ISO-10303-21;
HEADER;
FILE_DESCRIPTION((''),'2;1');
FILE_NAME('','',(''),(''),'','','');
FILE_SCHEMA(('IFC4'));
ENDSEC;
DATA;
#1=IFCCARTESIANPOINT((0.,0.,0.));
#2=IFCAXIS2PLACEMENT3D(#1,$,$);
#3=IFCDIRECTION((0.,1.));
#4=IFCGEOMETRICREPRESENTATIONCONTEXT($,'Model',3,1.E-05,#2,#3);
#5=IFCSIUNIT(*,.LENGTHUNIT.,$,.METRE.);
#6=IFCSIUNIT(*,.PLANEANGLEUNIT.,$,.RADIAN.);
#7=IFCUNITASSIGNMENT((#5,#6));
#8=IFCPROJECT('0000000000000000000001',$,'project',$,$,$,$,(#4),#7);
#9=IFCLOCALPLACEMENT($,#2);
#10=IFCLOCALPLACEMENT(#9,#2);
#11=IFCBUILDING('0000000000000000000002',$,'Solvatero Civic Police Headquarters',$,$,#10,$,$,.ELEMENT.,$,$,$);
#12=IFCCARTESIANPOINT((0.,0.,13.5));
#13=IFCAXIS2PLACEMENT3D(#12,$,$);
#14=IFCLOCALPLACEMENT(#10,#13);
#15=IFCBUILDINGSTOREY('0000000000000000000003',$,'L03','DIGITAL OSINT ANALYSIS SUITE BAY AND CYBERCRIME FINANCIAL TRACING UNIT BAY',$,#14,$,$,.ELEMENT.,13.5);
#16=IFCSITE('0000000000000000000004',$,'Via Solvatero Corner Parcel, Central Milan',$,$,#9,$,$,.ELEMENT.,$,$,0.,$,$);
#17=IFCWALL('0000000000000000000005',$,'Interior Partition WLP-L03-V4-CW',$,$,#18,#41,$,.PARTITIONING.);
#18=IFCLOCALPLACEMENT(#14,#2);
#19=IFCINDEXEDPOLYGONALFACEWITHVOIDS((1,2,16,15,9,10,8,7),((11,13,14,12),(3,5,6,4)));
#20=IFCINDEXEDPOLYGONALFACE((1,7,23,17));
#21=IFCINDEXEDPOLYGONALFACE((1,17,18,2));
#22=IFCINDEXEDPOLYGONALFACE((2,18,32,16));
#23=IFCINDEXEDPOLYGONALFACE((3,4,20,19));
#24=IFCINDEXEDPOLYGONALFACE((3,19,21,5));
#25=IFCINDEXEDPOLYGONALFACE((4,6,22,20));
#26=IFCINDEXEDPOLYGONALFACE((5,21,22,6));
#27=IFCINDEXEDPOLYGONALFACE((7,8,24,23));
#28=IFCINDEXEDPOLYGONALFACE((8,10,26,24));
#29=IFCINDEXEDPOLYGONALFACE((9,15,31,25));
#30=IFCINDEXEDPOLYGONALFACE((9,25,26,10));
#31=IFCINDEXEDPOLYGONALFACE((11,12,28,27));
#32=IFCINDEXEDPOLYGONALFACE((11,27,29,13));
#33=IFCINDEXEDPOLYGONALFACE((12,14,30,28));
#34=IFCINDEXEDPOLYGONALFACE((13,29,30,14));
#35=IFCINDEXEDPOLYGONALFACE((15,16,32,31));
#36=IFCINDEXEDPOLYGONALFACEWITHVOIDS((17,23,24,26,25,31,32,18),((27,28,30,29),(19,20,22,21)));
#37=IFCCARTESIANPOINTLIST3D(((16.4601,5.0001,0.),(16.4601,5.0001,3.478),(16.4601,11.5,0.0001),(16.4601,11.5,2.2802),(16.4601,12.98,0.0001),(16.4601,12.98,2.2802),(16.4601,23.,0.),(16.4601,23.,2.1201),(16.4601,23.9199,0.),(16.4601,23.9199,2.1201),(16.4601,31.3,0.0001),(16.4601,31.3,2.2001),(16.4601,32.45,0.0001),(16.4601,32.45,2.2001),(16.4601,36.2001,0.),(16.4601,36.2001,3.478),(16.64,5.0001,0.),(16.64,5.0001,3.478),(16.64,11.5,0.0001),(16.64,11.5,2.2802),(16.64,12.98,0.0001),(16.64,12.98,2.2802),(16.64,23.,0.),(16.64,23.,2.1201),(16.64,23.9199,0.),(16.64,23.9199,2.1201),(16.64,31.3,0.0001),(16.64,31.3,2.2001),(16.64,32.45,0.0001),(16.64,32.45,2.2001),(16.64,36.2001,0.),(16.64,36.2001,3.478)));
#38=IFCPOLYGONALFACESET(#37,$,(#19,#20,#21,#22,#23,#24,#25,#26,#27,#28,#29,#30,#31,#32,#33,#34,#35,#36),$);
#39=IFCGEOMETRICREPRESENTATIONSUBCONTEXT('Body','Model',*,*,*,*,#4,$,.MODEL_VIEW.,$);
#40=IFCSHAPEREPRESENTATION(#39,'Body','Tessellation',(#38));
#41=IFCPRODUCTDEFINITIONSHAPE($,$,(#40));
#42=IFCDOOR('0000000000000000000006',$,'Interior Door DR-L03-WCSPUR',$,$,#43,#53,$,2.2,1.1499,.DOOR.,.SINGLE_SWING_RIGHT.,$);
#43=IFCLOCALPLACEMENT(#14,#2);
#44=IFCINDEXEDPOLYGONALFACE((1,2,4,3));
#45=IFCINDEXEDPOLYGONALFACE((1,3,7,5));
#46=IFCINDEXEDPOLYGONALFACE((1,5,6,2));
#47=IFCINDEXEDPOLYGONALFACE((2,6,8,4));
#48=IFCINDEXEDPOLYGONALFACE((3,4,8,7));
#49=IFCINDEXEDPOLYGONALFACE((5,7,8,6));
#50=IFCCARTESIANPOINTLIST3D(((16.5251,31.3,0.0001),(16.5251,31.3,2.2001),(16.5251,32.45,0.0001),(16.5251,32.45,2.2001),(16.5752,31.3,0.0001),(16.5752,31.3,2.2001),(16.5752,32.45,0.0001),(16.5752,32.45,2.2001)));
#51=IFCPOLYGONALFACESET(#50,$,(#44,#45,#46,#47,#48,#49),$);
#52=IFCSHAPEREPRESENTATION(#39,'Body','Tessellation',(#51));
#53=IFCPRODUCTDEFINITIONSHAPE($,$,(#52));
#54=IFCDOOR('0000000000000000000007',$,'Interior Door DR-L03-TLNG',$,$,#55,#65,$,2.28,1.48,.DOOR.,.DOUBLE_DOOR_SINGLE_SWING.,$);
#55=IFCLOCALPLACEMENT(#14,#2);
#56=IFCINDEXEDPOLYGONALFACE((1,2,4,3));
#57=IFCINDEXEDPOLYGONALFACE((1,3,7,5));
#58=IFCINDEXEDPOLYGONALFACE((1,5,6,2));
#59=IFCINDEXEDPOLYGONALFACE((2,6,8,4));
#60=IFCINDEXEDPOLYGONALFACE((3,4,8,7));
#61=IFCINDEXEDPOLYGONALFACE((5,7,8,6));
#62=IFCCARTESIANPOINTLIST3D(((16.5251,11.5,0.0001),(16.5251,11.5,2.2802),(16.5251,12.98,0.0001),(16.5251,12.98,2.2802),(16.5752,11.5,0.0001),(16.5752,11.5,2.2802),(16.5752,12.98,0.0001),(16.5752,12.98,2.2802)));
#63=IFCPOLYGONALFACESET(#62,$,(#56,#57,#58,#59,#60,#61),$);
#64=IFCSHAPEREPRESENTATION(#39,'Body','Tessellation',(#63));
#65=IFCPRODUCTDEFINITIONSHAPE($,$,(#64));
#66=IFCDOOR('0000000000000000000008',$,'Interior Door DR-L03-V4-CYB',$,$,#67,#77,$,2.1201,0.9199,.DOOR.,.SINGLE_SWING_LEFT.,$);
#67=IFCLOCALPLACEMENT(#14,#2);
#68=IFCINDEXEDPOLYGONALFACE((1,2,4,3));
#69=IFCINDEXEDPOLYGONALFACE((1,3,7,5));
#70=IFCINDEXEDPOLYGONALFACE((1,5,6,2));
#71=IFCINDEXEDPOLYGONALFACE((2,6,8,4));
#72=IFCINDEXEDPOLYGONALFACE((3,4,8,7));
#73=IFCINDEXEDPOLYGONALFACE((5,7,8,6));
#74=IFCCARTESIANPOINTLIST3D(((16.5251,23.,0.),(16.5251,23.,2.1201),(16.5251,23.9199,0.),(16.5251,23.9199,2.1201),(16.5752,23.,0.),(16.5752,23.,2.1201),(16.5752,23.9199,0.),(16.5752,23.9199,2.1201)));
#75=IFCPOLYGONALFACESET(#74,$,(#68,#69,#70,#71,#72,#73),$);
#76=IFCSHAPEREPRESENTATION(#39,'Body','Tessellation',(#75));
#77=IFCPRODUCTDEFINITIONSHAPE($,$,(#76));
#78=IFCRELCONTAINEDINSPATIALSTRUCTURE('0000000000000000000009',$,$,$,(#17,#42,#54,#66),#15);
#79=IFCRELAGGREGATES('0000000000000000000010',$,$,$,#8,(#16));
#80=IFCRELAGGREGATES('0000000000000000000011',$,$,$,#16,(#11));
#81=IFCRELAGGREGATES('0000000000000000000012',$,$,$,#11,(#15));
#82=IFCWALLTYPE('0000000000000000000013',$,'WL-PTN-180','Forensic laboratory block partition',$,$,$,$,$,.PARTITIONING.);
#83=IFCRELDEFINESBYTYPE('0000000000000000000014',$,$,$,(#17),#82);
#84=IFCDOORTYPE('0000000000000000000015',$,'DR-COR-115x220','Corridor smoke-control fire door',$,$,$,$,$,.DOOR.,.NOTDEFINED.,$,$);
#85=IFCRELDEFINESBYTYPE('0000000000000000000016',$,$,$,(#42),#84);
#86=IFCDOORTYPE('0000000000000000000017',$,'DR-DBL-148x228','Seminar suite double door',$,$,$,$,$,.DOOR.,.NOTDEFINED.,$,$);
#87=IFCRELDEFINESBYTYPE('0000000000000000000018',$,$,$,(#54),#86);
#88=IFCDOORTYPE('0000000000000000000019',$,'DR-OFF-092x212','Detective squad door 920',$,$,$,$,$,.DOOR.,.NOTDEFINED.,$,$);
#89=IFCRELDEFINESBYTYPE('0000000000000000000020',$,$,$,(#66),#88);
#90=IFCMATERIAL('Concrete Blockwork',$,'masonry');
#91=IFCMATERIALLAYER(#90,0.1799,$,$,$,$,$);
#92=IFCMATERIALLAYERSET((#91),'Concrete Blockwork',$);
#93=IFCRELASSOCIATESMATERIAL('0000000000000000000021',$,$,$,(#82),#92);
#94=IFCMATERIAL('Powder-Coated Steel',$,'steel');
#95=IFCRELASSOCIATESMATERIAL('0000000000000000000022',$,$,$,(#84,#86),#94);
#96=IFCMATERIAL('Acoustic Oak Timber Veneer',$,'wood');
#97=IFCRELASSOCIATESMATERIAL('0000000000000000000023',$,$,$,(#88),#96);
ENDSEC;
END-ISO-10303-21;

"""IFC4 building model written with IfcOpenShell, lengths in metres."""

from ifc_helpers import new_model, si_unit, direction, frame, frame_2d, origin, place, context, subcontext, project, spatial, rectangle, extrude, material, layer, layer_set, type_object, element, fill, save


model = new_model("IFC4")

# Units and contexts
model_context = context("Model", 3, precision=1e-05, world=origin(), true_north=direction((0.0, 1.0)))
body_context = subcontext(model_context, "Body", "Model", "MODEL_VIEW")
ifc_project = project(units=[si_unit("LENGTHUNIT", "METRE"), si_unit("PLANEANGLEUNIT", "RADIAN")], contexts=[model_context])

# Site, building, storey
site_placement = place(None, origin())
site = spatial("IfcSite", under=ifc_project, at=site_placement, Name="Via Solvatero Corner Parcel, Central Milan", CompositionType="ELEMENT", RefElevation=0.0)
building_placement = place(site_placement, origin())
building = spatial("IfcBuilding", under=site, at=building_placement, Name="Solvatero Civic Police Headquarters", CompositionType="ELEMENT")
storey_placement = place(building_placement, frame((0.0, 0.0, 13.5)))
storey = spatial("IfcBuildingStorey", under=building, at=storey_placement, Name="L03", Description="DIGITAL OSINT ANALYSIS SUITE BAY AND CYBERCRIME FINANCIAL TRACING UNIT BAY", CompositionType="ELEMENT", Elevation=13.5)

# Wall, openings, doors
ifc_material_1 = material(Name="Acoustic Oak Timber Veneer", Category="wood")
ifc_material_2 = material(Name="Powder-Coated Steel", Category="steel")
ifc_material_3 = material(Name="Concrete Blockwork", Category="masonry")
ifc_layer_1 = layer(ifc_material_3, 0.1799)
ifc_layer_set_1 = layer_set([ifc_layer_1], Name="Concrete Blockwork")
wall_type_1 = type_object("IfcWallType", Name="WL-PTN-180", Description="Forensic laboratory block partition", PredefinedType="PARTITIONING", material=ifc_layer_set_1)
wall_1_placement = place(storey_placement, frame((16.55, 5.0, 0.0), z_axis=(0.0, 0.0, 1.0), x_axis=(0.0, 1.0, 0.0)))
wall_1 = element("IfcWall", 1, at=wall_1_placement, inside=storey, type_object=wall_type_1, Name="Interior Partition WLP-L03-V4-CW", PredefinedType="PARTITIONING", context=body_context, shape_type="SweptSolid", body=[
    extrude(rectangle(XDim=31.2, YDim=0.1799, at=frame_2d((15.6001, 0.0))), origin(), (0.0, 0.0, 1.0), 3.478),
])
opening_1_placement = place(wall_1_placement, frame((6.5, 0.0, 0.0)))
opening_1 = element("IfcOpeningElement", 2, at=opening_1_placement, cuts=wall_1, PredefinedType="OPENING", context=body_context, shape_type="SweptSolid", body=[
    extrude(rectangle(XDim=1.48, YDim=2.28, at=frame_2d((0.74, 1.1401))), frame((0.0, 0.0999, 0.0), z_axis=(0.0, -1.0, 0.0), x_axis=(1.0, 0.0, 0.0)), (0.0, 0.0, 1.0), 0.2),
])
opening_2_placement = place(wall_1_placement, frame((18.0, 0.0, 0.0)))
opening_2 = element("IfcOpeningElement", 3, at=opening_2_placement, cuts=wall_1, PredefinedType="OPENING", context=body_context, shape_type="SweptSolid", body=[
    extrude(rectangle(XDim=0.9199, YDim=2.1201, at=frame_2d((0.46, 1.0601))), frame((0.0, 0.0999, 0.0), z_axis=(0.0, -1.0, 0.0), x_axis=(1.0, 0.0, 0.0)), (0.0, 0.0, 1.0), 0.2),
])
opening_3_placement = place(wall_1_placement, frame((26.3, 0.0, 0.0)))
opening_3 = element("IfcOpeningElement", 4, at=opening_3_placement, cuts=wall_1, PredefinedType="OPENING", context=body_context, shape_type="SweptSolid", body=[
    extrude(rectangle(XDim=1.1499, YDim=2.2, at=frame_2d((0.575, 1.1001))), frame((0.0, 0.0999, 0.0), z_axis=(0.0, -1.0, 0.0), x_axis=(1.0, 0.0, 0.0)), (0.0, 0.0, 1.0), 0.2),
])
door_type_1 = type_object("IfcDoorType", Name="DR-COR-115x220", Description="Corridor smoke-control fire door", OperationType="NOTDEFINED", PredefinedType="DOOR", material=ifc_material_2)
door_1_placement = place(opening_3_placement, origin())
door_1 = element("IfcDoor", 5, at=door_1_placement, inside=storey, type_object=door_type_1, Name="Interior Door DR-L03-WCSPUR", OperationType="SINGLE_SWING_RIGHT", OverallHeight=2.2, OverallWidth=1.1499, PredefinedType="DOOR", context=body_context, shape_type="SweptSolid", body=[
    extrude(rectangle(XDim=1.1499, YDim=2.2, at=frame_2d((0.575, 1.1001))), frame((0.0, 0.0249, 0.0), z_axis=(0.0, -1.0, 0.0), x_axis=(1.0, 0.0, 0.0)), (0.0, 0.0, 1.0), 0.05),
])
fill(opening_3, door_1)
door_type_2 = type_object("IfcDoorType", Name="DR-DBL-148x228", Description="Seminar suite double door", OperationType="NOTDEFINED", PredefinedType="DOOR", material=ifc_material_2)
door_2_placement = place(opening_1_placement, origin())
door_2 = element("IfcDoor", 6, at=door_2_placement, inside=storey, type_object=door_type_2, Name="Interior Door DR-L03-TLNG", OperationType="DOUBLE_DOOR_SINGLE_SWING", OverallHeight=2.28, OverallWidth=1.48, PredefinedType="DOOR", context=body_context, shape_type="SweptSolid", body=[
    extrude(rectangle(XDim=1.48, YDim=2.28, at=frame_2d((0.74, 1.1401))), frame((0.0, 0.0249, 0.0), z_axis=(0.0, -1.0, 0.0), x_axis=(1.0, 0.0, 0.0)), (0.0, 0.0, 1.0), 0.05),
])
fill(opening_1, door_2)
door_type_3 = type_object("IfcDoorType", Name="DR-OFF-092x212", Description="Detective squad door 920", OperationType="NOTDEFINED", PredefinedType="DOOR", material=ifc_material_1)
door_3_placement = place(opening_2_placement, origin())
door_3 = element("IfcDoor", 7, at=door_3_placement, inside=storey, type_object=door_type_3, Name="Interior Door DR-L03-V4-CYB", OperationType="SINGLE_SWING_LEFT", OverallHeight=2.1201, OverallWidth=0.9199, PredefinedType="DOOR", context=body_context, shape_type="SweptSolid", body=[
    extrude(rectangle(XDim=0.9199, YDim=2.1201, at=frame_2d((0.46, 1.0601))), frame((0.0, 0.0249, 0.0), z_axis=(0.0, -1.0, 0.0), x_axis=(1.0, 0.0, 0.0)), (0.0, 0.0, 1.0), 0.05),
])
fill(opening_2, door_3)

save(model, "model.ifc")
